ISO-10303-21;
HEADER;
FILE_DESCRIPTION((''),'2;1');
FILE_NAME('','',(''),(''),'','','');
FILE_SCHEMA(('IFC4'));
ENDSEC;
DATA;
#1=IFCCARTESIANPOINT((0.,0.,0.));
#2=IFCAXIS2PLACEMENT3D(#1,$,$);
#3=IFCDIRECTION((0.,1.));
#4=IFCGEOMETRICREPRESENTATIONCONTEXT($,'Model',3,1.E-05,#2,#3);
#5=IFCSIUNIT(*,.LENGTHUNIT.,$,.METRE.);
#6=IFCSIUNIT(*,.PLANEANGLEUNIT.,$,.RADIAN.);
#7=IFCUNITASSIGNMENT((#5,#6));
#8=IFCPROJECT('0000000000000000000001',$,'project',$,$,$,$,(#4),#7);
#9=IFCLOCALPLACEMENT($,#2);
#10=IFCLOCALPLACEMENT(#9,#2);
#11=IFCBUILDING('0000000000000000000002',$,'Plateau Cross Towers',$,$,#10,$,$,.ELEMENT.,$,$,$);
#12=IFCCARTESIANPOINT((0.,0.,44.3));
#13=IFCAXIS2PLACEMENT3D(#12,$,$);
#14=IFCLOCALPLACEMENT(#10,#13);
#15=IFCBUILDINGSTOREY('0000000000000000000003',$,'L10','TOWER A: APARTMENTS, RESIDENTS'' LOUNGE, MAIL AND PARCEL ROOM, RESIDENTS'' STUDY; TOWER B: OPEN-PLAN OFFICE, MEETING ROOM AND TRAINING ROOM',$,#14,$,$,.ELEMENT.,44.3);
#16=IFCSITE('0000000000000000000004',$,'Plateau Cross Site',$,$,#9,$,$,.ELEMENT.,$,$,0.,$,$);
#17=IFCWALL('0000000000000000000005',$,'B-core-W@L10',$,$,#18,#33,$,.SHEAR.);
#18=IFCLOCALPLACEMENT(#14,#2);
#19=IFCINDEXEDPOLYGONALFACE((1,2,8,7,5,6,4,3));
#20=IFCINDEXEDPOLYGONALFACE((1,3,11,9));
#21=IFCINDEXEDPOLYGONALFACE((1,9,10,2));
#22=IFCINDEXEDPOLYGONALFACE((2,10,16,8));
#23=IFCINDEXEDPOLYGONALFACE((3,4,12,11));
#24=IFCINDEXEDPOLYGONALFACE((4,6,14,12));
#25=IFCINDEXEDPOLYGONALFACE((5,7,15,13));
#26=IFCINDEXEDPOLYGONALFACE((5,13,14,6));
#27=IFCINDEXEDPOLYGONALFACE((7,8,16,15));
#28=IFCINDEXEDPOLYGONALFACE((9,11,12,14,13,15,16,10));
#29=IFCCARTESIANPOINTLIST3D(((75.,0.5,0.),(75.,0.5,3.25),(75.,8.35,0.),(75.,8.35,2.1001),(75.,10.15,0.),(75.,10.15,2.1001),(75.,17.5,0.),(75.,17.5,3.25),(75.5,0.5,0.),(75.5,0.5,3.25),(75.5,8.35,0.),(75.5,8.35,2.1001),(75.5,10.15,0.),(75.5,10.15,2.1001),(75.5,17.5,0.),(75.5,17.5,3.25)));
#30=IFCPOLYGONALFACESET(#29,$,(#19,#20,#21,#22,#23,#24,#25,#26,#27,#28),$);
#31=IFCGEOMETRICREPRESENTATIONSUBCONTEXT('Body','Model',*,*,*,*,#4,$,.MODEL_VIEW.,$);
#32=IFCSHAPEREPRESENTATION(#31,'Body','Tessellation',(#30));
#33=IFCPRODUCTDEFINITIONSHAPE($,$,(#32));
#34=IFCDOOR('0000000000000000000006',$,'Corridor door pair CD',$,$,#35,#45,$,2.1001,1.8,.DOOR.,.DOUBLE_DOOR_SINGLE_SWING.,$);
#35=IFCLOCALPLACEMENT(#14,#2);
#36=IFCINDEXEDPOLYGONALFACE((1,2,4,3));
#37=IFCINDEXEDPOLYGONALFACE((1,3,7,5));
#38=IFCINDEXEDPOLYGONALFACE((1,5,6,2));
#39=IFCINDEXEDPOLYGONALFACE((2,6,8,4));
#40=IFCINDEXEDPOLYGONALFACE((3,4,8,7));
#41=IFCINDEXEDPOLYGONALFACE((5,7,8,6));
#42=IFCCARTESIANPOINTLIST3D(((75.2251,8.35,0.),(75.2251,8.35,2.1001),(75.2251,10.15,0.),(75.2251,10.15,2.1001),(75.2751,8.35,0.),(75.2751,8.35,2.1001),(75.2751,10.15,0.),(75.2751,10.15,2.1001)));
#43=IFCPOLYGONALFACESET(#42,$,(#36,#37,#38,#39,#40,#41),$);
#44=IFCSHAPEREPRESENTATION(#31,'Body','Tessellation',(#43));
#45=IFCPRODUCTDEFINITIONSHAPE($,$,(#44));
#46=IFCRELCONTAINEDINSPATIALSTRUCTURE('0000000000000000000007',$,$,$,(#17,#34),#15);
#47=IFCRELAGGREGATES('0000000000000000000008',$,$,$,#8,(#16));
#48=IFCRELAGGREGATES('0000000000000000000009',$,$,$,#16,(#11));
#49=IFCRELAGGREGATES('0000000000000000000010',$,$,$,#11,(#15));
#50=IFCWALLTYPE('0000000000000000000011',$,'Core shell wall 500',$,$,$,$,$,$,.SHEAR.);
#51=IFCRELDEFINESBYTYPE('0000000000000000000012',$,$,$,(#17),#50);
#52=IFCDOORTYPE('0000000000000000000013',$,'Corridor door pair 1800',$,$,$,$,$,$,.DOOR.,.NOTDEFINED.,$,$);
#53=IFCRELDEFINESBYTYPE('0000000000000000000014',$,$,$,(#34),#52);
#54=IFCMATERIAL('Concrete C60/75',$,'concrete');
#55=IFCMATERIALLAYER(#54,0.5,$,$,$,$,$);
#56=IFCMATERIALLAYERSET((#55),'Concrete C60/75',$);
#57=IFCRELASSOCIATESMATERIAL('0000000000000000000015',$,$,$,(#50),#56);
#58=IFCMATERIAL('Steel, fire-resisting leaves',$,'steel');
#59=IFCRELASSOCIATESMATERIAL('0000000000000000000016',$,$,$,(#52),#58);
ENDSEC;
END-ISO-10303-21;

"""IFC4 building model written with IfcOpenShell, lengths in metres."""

from ifc_helpers import new_model, si_unit, direction, frame, frame_2d, origin, place, context, subcontext, project, spatial, rectangle, extrude, material, layer, layer_set, type_object, element, fill, save


model = new_model("IFC4")

# Units and contexts
model_context = context("Model", 3, precision=1e-05, world=origin(), true_north=direction((0.0, 1.0)))
body_context = subcontext(model_context, "Body", "Model", "MODEL_VIEW")
ifc_project = project(units=[si_unit("LENGTHUNIT", "METRE"), si_unit("PLANEANGLEUNIT", "RADIAN")], contexts=[model_context])

# Site, building, storey
site_placement = place(None, origin())
site = spatial("IfcSite", under=ifc_project, at=site_placement, Name="Plateau Cross Site", CompositionType="ELEMENT", RefElevation=0.0)
building_placement = place(site_placement, origin())
building = spatial("IfcBuilding", under=site, at=building_placement, Name="Plateau Cross Towers", CompositionType="ELEMENT")
storey_placement = place(building_placement, frame((0.0, 0.0, 44.3)))
storey = spatial("IfcBuildingStorey", under=building, at=storey_placement, Name="L10", Description="TOWER A: APARTMENTS, RESIDENTS' LOUNGE, MAIL AND PARCEL ROOM, RESIDENTS' STUDY; TOWER B: OPEN-PLAN OFFICE, MEETING ROOM AND TRAINING ROOM", CompositionType="ELEMENT", Elevation=44.3)

# Shared definitions
ifc_material_1 = material(Name="Concrete C60/75", Category="concrete")

# Wall, opening, door
ifc_layer_1 = layer(ifc_material_1, 0.5)
ifc_layer_set_1 = layer_set([ifc_layer_1], Name="Concrete C60/75")
wall_type_1 = type_object("IfcWallType", Name="Core shell wall 500", PredefinedType="SHEAR", material=ifc_layer_set_1)
wall_1_placement = place(storey_placement, frame((75.25, 0.5, 0.0), z_axis=(0.0, 0.0, 1.0), x_axis=(0.0, 1.0, 0.0)))
wall_1 = element("IfcWall", 1, at=wall_1_placement, inside=storey, type_object=wall_type_1, Name="B-core-W@L10", PredefinedType="SHEAR", context=body_context, shape_type="SweptSolid", body=[
    extrude(rectangle(XDim=17.0, YDim=0.5, at=frame_2d((8.5, 0.0))), origin(), (0.0, 0.0, 1.0), 3.25),
])
opening_1_placement = place(wall_1_placement, frame((7.8501, 0.0, 0.0)))
opening_1 = element("IfcOpeningElement", 2, at=opening_1_placement, cuts=wall_1, PredefinedType="OPENING", context=body_context, shape_type="SweptSolid", body=[
    extrude(rectangle(XDim=1.8, YDim=2.1001, at=frame_2d((0.8999, 1.05))), frame((0.0, 0.26, 0.0), z_axis=(0.0, -1.0, 0.0), x_axis=(1.0, 0.0, 0.0)), (0.0, 0.0, 1.0), 0.52),
])
ifc_material_2 = material(Name="Steel, fire-resisting leaves", Category="steel")
door_type_1 = type_object("IfcDoorType", Name="Corridor door pair 1800", OperationType="NOTDEFINED", PredefinedType="DOOR", material=ifc_material_2)
door_1_placement = place(opening_1_placement, origin())
door_1 = element("IfcDoor", 3, at=door_1_placement, inside=storey, type_object=door_type_1, Name="Corridor door pair CD", OperationType="DOUBLE_DOOR_SINGLE_SWING", OverallHeight=2.1001, OverallWidth=1.8, PredefinedType="DOOR", context=body_context, shape_type="SweptSolid", body=[
    extrude(rectangle(XDim=1.8, YDim=2.1001, at=frame_2d((0.8999, 1.05))), frame((0.0, 0.0249, 0.0), z_axis=(0.0, -1.0, 0.0), x_axis=(1.0, 0.0, 0.0)), (0.0, 0.0, 1.0), 0.05),
])
fill(opening_1, door_1)

save(model, "model.ifc")
